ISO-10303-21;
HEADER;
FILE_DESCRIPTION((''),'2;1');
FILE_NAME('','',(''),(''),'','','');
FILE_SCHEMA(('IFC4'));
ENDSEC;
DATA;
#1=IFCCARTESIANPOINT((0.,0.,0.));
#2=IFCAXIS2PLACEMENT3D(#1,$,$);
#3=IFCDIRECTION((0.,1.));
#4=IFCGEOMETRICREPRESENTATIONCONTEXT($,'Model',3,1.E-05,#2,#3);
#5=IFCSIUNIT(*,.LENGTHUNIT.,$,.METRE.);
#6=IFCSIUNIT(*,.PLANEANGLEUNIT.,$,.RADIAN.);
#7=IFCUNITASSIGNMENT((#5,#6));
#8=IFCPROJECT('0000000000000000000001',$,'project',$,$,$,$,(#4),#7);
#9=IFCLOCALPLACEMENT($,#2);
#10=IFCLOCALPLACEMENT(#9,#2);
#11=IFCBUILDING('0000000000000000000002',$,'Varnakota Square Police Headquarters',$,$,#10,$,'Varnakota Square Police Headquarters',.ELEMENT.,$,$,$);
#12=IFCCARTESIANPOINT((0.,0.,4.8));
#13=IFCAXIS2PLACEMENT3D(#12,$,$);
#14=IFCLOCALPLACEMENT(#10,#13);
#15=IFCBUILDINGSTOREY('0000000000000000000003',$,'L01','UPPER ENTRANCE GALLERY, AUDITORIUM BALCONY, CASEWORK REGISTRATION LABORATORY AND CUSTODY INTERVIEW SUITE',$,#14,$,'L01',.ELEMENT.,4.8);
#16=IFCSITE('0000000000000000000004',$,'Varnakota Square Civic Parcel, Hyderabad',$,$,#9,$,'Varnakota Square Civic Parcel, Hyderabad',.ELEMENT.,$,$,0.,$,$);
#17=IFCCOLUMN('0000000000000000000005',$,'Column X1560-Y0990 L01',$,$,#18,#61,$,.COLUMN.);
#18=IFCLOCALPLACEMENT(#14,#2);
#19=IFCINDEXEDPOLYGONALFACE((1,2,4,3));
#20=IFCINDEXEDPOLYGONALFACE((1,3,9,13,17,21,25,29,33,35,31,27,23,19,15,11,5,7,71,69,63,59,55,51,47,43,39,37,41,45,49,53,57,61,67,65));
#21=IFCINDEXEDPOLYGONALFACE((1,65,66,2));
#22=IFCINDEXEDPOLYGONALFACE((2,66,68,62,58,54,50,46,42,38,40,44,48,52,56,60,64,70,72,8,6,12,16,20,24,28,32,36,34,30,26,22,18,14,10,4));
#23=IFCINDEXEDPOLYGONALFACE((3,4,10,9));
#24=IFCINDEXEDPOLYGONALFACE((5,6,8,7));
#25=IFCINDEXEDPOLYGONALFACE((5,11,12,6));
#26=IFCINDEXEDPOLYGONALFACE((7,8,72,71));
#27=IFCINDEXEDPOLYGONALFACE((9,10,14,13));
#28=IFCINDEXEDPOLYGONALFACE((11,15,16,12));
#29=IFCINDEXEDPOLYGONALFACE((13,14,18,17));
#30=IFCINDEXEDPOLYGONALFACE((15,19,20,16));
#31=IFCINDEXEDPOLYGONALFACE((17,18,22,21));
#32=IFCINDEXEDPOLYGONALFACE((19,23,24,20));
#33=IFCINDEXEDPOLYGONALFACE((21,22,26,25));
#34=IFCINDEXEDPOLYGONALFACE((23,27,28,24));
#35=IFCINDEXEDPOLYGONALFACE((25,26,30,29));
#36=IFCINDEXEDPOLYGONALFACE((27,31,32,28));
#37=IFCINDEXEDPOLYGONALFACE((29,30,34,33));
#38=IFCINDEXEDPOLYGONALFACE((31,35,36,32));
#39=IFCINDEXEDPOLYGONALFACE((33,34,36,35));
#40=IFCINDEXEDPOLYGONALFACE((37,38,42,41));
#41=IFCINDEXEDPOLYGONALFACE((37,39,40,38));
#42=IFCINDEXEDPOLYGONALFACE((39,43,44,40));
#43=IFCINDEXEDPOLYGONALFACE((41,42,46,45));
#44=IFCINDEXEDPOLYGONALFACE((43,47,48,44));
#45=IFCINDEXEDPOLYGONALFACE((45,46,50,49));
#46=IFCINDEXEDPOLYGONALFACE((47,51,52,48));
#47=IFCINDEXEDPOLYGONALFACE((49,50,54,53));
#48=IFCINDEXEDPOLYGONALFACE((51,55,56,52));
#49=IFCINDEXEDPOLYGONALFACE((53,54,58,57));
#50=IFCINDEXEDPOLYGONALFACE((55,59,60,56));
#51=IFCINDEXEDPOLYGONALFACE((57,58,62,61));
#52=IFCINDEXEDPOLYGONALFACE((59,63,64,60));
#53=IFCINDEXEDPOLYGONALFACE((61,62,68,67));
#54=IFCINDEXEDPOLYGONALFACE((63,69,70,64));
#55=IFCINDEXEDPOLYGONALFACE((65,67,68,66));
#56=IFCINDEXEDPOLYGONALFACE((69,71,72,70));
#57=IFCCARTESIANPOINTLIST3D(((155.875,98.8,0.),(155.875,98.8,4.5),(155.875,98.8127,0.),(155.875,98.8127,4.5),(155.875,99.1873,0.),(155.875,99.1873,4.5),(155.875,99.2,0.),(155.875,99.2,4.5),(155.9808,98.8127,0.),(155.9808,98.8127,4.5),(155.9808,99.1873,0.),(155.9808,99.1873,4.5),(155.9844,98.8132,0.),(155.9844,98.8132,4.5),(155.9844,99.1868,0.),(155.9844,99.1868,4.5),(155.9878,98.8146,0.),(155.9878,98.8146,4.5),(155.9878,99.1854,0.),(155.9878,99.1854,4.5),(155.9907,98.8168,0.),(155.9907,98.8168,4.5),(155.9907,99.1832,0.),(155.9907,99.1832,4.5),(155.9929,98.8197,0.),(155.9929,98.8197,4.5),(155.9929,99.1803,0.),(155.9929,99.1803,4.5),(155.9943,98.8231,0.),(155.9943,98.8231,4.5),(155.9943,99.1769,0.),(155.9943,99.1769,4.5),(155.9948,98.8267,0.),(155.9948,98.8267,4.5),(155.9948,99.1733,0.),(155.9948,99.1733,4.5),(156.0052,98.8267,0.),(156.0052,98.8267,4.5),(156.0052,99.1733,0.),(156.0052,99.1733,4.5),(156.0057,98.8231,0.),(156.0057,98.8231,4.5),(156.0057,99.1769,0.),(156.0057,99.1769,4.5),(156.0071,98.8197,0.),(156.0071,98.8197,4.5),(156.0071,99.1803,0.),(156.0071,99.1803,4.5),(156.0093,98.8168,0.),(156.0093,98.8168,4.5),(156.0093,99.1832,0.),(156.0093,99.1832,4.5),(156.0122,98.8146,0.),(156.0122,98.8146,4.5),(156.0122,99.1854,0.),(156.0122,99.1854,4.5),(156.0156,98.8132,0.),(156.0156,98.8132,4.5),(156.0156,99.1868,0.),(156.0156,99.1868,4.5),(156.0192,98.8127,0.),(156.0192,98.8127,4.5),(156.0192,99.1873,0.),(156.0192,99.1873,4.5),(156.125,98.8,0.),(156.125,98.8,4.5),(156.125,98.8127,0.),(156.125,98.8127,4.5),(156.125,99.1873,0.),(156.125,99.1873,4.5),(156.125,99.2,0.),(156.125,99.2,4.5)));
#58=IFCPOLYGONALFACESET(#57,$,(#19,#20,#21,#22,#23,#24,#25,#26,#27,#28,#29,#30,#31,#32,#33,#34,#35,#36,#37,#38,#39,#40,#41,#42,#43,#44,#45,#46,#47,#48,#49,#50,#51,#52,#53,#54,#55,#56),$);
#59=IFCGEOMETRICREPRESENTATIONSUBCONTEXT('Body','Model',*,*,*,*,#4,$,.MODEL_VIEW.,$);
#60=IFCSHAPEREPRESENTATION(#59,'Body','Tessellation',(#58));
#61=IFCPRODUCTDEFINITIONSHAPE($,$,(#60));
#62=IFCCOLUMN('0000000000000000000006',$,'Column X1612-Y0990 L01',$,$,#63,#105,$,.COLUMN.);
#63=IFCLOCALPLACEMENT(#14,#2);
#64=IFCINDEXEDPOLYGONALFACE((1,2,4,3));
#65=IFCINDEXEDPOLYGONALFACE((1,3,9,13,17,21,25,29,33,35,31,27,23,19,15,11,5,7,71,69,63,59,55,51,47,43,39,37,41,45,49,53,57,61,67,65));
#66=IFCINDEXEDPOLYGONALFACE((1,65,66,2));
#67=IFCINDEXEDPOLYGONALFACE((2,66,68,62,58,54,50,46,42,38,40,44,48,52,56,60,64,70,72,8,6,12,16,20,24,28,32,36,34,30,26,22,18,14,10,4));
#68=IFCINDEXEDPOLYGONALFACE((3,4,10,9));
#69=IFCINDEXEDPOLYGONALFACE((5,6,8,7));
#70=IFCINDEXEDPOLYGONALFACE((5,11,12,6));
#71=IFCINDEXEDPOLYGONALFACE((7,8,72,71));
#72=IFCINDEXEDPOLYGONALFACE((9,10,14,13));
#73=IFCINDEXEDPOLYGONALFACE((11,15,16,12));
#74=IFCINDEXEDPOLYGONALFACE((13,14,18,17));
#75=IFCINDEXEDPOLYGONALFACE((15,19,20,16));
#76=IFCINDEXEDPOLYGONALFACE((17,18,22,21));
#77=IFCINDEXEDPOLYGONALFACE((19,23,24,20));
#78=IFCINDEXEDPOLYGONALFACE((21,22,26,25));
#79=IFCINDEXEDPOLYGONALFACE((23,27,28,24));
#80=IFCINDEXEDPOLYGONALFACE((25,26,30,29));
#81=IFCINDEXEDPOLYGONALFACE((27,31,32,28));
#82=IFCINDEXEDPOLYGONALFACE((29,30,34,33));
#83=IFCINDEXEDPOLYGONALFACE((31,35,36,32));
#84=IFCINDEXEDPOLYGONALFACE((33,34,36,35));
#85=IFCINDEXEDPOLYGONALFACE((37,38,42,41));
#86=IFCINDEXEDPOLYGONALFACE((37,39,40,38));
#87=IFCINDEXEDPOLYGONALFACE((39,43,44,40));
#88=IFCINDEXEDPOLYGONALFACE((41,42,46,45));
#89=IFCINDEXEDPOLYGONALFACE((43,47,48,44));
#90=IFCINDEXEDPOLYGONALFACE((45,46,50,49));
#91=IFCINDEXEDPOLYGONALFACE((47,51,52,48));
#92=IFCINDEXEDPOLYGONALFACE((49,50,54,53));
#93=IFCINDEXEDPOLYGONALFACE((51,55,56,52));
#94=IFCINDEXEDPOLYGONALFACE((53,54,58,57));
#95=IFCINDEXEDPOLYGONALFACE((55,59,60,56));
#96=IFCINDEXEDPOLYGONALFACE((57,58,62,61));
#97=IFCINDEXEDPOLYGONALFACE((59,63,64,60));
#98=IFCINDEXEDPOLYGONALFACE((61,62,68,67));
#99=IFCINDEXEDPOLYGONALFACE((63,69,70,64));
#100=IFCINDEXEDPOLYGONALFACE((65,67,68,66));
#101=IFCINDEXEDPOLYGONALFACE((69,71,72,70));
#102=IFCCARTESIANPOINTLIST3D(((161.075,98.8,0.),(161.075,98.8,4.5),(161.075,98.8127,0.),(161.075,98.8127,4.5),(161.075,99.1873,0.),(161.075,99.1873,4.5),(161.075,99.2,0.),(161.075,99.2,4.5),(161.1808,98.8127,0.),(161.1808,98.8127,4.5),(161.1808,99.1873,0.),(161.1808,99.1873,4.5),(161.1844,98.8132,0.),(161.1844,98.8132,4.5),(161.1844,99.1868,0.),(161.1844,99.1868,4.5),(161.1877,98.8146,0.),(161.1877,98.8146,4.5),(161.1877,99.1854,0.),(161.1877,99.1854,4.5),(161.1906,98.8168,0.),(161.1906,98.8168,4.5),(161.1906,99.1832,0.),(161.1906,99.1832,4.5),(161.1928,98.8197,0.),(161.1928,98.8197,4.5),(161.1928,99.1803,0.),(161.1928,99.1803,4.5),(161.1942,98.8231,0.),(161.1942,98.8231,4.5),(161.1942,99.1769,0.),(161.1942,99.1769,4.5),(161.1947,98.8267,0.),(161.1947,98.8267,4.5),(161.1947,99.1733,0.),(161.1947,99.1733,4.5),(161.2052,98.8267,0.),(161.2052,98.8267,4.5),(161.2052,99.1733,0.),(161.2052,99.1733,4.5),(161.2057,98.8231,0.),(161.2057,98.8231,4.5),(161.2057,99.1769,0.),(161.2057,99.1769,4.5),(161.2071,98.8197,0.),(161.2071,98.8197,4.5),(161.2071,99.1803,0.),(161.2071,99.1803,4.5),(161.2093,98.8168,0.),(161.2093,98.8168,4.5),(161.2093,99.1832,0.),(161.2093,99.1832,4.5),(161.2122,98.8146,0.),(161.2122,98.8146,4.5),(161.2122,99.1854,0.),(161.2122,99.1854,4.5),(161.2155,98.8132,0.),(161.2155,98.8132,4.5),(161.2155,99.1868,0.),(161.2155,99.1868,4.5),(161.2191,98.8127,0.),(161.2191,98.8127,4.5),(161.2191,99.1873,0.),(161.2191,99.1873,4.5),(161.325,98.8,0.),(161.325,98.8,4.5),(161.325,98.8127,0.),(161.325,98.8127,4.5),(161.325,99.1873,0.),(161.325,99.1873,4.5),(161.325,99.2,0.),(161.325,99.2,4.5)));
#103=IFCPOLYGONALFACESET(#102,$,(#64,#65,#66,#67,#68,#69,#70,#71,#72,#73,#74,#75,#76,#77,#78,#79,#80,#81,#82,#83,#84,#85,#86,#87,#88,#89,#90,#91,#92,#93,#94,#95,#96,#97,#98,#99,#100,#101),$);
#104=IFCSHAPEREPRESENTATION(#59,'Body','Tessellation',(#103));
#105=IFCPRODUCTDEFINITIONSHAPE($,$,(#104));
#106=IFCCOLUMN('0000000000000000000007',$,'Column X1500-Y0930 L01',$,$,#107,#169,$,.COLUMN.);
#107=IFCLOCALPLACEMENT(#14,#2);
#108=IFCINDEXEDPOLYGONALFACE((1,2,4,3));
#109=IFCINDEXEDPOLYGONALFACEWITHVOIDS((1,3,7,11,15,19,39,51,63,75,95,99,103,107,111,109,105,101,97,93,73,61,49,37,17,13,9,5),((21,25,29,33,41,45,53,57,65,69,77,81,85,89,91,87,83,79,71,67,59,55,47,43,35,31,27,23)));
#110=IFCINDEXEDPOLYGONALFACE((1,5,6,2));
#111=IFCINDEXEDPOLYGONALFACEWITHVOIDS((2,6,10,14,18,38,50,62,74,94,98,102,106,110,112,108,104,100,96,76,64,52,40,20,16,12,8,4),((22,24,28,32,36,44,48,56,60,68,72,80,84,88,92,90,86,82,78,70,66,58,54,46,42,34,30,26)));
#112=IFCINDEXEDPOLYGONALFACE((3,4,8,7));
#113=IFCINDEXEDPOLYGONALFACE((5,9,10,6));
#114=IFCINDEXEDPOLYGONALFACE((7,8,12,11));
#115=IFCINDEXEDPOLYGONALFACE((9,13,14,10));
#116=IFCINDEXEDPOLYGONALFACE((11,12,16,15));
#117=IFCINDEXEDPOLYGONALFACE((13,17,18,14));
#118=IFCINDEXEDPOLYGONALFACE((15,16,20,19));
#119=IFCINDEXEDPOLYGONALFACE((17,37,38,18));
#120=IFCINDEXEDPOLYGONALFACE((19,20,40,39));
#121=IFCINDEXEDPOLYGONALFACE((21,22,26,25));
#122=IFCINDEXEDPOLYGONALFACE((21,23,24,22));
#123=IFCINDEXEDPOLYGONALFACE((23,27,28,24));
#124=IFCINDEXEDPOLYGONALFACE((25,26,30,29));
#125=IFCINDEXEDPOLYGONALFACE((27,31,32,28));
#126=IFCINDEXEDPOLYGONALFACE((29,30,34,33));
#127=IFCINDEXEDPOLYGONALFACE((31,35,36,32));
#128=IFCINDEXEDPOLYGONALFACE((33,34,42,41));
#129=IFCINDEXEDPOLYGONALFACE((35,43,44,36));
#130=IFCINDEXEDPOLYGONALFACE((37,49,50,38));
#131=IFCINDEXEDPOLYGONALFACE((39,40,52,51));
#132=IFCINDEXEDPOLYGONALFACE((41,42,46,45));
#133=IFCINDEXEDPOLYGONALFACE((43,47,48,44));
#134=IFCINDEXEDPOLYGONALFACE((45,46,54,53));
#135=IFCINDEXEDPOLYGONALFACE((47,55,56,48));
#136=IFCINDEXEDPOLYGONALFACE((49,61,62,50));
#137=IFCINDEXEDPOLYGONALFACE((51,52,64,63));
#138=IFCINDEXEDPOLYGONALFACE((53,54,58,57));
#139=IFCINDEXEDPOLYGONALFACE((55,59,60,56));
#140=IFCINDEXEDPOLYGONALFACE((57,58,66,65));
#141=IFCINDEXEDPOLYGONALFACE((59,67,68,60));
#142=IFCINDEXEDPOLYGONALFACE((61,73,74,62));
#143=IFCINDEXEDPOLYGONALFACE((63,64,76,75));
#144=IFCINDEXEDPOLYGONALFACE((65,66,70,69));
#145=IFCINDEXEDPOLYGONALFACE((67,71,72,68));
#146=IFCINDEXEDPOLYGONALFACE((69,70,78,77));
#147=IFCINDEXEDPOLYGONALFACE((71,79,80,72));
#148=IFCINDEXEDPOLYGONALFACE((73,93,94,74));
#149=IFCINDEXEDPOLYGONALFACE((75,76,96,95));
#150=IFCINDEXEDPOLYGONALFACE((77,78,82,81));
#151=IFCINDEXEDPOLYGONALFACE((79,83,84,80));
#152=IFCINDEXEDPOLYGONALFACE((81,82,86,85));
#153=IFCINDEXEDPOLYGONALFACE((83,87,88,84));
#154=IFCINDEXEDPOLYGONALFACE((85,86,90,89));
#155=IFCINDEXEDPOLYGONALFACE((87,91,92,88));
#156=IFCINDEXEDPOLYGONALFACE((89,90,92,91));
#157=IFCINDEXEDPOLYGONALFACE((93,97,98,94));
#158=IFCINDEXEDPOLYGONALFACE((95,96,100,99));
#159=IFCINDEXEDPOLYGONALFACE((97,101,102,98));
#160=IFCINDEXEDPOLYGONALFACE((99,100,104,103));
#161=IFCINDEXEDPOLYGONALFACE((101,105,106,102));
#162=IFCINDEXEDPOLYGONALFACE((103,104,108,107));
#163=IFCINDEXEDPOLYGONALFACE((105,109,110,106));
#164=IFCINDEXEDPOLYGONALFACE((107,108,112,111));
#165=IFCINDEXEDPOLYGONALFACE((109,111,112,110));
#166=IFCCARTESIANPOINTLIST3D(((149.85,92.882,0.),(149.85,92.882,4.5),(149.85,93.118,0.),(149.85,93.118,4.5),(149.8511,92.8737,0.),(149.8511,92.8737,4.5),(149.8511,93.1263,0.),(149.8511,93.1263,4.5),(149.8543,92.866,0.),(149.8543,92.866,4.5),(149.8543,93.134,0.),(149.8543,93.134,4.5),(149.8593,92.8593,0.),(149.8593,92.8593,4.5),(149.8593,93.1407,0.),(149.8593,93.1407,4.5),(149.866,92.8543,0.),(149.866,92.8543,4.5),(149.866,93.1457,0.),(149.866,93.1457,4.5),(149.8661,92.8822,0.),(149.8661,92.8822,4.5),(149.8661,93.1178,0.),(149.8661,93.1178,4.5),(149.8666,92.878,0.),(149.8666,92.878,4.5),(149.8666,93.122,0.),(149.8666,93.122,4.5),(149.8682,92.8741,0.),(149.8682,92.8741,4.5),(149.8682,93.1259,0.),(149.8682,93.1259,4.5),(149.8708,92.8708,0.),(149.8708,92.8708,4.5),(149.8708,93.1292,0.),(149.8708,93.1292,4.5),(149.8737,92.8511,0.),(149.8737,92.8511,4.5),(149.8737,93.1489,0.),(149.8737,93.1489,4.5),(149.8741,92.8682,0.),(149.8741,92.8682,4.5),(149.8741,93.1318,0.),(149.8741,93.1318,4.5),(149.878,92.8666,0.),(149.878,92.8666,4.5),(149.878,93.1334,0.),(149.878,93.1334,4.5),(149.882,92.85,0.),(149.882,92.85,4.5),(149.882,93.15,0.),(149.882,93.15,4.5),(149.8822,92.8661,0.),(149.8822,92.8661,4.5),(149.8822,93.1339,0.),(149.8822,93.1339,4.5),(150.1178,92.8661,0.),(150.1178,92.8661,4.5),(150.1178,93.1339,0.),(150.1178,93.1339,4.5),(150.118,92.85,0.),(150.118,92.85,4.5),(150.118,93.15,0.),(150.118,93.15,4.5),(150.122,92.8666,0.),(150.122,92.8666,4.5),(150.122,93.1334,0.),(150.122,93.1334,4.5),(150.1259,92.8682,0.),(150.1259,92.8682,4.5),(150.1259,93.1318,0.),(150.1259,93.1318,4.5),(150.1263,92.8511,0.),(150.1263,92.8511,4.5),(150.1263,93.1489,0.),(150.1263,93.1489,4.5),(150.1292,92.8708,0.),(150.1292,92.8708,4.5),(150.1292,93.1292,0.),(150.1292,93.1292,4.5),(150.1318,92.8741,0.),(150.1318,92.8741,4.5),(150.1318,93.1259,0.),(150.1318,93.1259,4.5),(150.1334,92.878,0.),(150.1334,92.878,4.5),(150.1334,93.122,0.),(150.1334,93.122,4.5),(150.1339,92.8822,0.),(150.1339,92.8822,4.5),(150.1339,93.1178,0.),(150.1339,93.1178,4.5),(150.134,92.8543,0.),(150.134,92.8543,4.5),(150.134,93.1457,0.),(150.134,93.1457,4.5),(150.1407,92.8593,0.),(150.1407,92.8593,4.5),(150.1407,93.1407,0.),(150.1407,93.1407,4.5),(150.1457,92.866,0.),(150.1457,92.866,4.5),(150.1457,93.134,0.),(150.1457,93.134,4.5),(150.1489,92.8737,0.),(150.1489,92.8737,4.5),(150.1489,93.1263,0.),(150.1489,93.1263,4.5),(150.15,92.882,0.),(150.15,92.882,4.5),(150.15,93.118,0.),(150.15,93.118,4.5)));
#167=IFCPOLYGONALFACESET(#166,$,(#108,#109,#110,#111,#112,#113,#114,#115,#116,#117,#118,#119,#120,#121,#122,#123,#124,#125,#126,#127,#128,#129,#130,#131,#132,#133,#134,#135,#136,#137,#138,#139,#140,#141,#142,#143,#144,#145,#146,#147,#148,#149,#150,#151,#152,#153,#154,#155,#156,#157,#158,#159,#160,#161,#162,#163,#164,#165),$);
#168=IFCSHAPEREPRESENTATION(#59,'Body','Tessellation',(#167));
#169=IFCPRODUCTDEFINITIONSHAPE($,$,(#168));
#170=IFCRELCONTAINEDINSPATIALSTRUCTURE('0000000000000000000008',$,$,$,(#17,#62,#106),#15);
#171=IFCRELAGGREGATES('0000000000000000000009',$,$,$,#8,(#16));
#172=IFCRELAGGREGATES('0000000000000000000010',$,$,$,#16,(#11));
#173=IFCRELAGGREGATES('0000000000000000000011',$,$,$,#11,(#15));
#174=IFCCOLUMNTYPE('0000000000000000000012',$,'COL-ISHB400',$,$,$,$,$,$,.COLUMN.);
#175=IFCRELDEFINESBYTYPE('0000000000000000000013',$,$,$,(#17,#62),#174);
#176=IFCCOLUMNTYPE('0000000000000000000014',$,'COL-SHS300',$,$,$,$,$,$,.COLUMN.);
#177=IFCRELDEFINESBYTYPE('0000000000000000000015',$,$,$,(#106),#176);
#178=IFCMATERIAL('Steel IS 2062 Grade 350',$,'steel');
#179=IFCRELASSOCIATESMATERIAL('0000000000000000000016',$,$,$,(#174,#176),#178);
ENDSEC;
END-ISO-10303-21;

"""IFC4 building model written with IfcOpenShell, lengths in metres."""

from ifc_helpers import new_model, si_unit, direction, frame, origin, origin_2d, place, context, subcontext, project, spatial, hollow_rectangle, i_section, extrude, material, material_profile, profile_set, type_object, element, save


model = new_model("IFC4")

# Units and contexts
model_context = context("Model", 3, precision=1e-05, world=origin(), true_north=direction((0.0, 1.0)))
body_context = subcontext(model_context, "Body", "Model", "MODEL_VIEW")
ifc_project = project(units=[si_unit("LENGTHUNIT", "METRE"), si_unit("PLANEANGLEUNIT", "RADIAN")], contexts=[model_context])

# Site, building, storey
site_placement = place(None, origin())
site = spatial("IfcSite", under=ifc_project, at=site_placement, Name="Varnakota Square Civic Parcel, Hyderabad", LongName="Varnakota Square Civic Parcel, Hyderabad", CompositionType="ELEMENT", RefElevation=0.0)
building_placement = place(site_placement, origin())
building = spatial("IfcBuilding", under=site, at=building_placement, Name="Varnakota Square Police Headquarters", LongName="Varnakota Square Police Headquarters", CompositionType="ELEMENT")
storey_placement = place(building_placement, frame((0.0, 0.0, 4.8)))
storey = spatial("IfcBuildingStorey", under=building, at=storey_placement, Name="L01", Description="UPPER ENTRANCE GALLERY, AUDITORIUM BALCONY, CASEWORK REGISTRATION LABORATORY AND CUSTODY INTERVIEW SUITE", LongName="L01", CompositionType="ELEMENT", Elevation=4.8)

# Columns
ifc_material_1 = material(Name="Steel IS 2062 Grade 350", Category="steel")
ifc_material_profile_1 = material_profile(ifc_material_1, i_section(OverallWidth=0.25, OverallDepth=0.3999, WebThickness=0.0105, FlangeThickness=0.0127, FilletRadius=0.0139, at=origin_2d()), Name="ISHB 400")
ifc_profile_set_1 = profile_set([ifc_material_profile_1], Name="Steel IS 2062 Grade 350")
column_type_1 = type_object("IfcColumnType", Name="COL-ISHB400", PredefinedType="COLUMN", material=ifc_profile_set_1)
for number, where, z_axis, x_axis, name in (
    (1, (156.0, 99.0, 0.0), (0.0, 0.0, 1.0), (1.0, 0.0, 0.0), "Column X1560-Y0990 L01"),
    (2, (161.2, 99.0, 0.0), (0.0, 0.0, 1.0), (1.0, 0.0, 0.0), "Column X1612-Y0990 L01"),
):
    element("IfcColumn", number, at=place(storey_placement, frame(where, z_axis=z_axis, x_axis=x_axis)), inside=storey, type_object=column_type_1, Name=name, PredefinedType="COLUMN", context=body_context, shape_type="SweptSolid", body=[
        extrude(i_section(OverallWidth=0.25, OverallDepth=0.3999, WebThickness=0.0105, FlangeThickness=0.0127, FilletRadius=0.0139, at=origin_2d()), origin(), (0.0, 0.0, 1.0), 4.5),
    ])
ifc_material_profile_2 = material_profile(ifc_material_1, hollow_rectangle(XDim=0.3, YDim=0.3, WallThickness=0.0161, InnerFilletRadius=0.0161, OuterFilletRadius=0.032, at=origin_2d()), Name="SHS 300x300x16")
ifc_profile_set_2 = profile_set([ifc_material_profile_2], Name="Steel IS 2062 Grade 350")
column_type_2 = type_object("IfcColumnType", Name="COL-SHS300", PredefinedType="COLUMN", material=ifc_profile_set_2)
for number, where, z_axis, x_axis, name in (
    (3, (150.0, 93.0, 0.0), (0.0, 0.0, 1.0), (1.0, 0.0, 0.0), "Column X1500-Y0930 L01"),
):
    element("IfcColumn", number, at=place(storey_placement, frame(where, z_axis=z_axis, x_axis=x_axis)), inside=storey, type_object=column_type_2, Name=name, PredefinedType="COLUMN", context=body_context, shape_type="SweptSolid", body=[
        extrude(hollow_rectangle(XDim=0.3, YDim=0.3, WallThickness=0.0161, InnerFilletRadius=0.0161, OuterFilletRadius=0.032, at=origin_2d()), origin(), (0.0, 0.0, 1.0), 4.5),
    ])

save(model, "model.ifc")
